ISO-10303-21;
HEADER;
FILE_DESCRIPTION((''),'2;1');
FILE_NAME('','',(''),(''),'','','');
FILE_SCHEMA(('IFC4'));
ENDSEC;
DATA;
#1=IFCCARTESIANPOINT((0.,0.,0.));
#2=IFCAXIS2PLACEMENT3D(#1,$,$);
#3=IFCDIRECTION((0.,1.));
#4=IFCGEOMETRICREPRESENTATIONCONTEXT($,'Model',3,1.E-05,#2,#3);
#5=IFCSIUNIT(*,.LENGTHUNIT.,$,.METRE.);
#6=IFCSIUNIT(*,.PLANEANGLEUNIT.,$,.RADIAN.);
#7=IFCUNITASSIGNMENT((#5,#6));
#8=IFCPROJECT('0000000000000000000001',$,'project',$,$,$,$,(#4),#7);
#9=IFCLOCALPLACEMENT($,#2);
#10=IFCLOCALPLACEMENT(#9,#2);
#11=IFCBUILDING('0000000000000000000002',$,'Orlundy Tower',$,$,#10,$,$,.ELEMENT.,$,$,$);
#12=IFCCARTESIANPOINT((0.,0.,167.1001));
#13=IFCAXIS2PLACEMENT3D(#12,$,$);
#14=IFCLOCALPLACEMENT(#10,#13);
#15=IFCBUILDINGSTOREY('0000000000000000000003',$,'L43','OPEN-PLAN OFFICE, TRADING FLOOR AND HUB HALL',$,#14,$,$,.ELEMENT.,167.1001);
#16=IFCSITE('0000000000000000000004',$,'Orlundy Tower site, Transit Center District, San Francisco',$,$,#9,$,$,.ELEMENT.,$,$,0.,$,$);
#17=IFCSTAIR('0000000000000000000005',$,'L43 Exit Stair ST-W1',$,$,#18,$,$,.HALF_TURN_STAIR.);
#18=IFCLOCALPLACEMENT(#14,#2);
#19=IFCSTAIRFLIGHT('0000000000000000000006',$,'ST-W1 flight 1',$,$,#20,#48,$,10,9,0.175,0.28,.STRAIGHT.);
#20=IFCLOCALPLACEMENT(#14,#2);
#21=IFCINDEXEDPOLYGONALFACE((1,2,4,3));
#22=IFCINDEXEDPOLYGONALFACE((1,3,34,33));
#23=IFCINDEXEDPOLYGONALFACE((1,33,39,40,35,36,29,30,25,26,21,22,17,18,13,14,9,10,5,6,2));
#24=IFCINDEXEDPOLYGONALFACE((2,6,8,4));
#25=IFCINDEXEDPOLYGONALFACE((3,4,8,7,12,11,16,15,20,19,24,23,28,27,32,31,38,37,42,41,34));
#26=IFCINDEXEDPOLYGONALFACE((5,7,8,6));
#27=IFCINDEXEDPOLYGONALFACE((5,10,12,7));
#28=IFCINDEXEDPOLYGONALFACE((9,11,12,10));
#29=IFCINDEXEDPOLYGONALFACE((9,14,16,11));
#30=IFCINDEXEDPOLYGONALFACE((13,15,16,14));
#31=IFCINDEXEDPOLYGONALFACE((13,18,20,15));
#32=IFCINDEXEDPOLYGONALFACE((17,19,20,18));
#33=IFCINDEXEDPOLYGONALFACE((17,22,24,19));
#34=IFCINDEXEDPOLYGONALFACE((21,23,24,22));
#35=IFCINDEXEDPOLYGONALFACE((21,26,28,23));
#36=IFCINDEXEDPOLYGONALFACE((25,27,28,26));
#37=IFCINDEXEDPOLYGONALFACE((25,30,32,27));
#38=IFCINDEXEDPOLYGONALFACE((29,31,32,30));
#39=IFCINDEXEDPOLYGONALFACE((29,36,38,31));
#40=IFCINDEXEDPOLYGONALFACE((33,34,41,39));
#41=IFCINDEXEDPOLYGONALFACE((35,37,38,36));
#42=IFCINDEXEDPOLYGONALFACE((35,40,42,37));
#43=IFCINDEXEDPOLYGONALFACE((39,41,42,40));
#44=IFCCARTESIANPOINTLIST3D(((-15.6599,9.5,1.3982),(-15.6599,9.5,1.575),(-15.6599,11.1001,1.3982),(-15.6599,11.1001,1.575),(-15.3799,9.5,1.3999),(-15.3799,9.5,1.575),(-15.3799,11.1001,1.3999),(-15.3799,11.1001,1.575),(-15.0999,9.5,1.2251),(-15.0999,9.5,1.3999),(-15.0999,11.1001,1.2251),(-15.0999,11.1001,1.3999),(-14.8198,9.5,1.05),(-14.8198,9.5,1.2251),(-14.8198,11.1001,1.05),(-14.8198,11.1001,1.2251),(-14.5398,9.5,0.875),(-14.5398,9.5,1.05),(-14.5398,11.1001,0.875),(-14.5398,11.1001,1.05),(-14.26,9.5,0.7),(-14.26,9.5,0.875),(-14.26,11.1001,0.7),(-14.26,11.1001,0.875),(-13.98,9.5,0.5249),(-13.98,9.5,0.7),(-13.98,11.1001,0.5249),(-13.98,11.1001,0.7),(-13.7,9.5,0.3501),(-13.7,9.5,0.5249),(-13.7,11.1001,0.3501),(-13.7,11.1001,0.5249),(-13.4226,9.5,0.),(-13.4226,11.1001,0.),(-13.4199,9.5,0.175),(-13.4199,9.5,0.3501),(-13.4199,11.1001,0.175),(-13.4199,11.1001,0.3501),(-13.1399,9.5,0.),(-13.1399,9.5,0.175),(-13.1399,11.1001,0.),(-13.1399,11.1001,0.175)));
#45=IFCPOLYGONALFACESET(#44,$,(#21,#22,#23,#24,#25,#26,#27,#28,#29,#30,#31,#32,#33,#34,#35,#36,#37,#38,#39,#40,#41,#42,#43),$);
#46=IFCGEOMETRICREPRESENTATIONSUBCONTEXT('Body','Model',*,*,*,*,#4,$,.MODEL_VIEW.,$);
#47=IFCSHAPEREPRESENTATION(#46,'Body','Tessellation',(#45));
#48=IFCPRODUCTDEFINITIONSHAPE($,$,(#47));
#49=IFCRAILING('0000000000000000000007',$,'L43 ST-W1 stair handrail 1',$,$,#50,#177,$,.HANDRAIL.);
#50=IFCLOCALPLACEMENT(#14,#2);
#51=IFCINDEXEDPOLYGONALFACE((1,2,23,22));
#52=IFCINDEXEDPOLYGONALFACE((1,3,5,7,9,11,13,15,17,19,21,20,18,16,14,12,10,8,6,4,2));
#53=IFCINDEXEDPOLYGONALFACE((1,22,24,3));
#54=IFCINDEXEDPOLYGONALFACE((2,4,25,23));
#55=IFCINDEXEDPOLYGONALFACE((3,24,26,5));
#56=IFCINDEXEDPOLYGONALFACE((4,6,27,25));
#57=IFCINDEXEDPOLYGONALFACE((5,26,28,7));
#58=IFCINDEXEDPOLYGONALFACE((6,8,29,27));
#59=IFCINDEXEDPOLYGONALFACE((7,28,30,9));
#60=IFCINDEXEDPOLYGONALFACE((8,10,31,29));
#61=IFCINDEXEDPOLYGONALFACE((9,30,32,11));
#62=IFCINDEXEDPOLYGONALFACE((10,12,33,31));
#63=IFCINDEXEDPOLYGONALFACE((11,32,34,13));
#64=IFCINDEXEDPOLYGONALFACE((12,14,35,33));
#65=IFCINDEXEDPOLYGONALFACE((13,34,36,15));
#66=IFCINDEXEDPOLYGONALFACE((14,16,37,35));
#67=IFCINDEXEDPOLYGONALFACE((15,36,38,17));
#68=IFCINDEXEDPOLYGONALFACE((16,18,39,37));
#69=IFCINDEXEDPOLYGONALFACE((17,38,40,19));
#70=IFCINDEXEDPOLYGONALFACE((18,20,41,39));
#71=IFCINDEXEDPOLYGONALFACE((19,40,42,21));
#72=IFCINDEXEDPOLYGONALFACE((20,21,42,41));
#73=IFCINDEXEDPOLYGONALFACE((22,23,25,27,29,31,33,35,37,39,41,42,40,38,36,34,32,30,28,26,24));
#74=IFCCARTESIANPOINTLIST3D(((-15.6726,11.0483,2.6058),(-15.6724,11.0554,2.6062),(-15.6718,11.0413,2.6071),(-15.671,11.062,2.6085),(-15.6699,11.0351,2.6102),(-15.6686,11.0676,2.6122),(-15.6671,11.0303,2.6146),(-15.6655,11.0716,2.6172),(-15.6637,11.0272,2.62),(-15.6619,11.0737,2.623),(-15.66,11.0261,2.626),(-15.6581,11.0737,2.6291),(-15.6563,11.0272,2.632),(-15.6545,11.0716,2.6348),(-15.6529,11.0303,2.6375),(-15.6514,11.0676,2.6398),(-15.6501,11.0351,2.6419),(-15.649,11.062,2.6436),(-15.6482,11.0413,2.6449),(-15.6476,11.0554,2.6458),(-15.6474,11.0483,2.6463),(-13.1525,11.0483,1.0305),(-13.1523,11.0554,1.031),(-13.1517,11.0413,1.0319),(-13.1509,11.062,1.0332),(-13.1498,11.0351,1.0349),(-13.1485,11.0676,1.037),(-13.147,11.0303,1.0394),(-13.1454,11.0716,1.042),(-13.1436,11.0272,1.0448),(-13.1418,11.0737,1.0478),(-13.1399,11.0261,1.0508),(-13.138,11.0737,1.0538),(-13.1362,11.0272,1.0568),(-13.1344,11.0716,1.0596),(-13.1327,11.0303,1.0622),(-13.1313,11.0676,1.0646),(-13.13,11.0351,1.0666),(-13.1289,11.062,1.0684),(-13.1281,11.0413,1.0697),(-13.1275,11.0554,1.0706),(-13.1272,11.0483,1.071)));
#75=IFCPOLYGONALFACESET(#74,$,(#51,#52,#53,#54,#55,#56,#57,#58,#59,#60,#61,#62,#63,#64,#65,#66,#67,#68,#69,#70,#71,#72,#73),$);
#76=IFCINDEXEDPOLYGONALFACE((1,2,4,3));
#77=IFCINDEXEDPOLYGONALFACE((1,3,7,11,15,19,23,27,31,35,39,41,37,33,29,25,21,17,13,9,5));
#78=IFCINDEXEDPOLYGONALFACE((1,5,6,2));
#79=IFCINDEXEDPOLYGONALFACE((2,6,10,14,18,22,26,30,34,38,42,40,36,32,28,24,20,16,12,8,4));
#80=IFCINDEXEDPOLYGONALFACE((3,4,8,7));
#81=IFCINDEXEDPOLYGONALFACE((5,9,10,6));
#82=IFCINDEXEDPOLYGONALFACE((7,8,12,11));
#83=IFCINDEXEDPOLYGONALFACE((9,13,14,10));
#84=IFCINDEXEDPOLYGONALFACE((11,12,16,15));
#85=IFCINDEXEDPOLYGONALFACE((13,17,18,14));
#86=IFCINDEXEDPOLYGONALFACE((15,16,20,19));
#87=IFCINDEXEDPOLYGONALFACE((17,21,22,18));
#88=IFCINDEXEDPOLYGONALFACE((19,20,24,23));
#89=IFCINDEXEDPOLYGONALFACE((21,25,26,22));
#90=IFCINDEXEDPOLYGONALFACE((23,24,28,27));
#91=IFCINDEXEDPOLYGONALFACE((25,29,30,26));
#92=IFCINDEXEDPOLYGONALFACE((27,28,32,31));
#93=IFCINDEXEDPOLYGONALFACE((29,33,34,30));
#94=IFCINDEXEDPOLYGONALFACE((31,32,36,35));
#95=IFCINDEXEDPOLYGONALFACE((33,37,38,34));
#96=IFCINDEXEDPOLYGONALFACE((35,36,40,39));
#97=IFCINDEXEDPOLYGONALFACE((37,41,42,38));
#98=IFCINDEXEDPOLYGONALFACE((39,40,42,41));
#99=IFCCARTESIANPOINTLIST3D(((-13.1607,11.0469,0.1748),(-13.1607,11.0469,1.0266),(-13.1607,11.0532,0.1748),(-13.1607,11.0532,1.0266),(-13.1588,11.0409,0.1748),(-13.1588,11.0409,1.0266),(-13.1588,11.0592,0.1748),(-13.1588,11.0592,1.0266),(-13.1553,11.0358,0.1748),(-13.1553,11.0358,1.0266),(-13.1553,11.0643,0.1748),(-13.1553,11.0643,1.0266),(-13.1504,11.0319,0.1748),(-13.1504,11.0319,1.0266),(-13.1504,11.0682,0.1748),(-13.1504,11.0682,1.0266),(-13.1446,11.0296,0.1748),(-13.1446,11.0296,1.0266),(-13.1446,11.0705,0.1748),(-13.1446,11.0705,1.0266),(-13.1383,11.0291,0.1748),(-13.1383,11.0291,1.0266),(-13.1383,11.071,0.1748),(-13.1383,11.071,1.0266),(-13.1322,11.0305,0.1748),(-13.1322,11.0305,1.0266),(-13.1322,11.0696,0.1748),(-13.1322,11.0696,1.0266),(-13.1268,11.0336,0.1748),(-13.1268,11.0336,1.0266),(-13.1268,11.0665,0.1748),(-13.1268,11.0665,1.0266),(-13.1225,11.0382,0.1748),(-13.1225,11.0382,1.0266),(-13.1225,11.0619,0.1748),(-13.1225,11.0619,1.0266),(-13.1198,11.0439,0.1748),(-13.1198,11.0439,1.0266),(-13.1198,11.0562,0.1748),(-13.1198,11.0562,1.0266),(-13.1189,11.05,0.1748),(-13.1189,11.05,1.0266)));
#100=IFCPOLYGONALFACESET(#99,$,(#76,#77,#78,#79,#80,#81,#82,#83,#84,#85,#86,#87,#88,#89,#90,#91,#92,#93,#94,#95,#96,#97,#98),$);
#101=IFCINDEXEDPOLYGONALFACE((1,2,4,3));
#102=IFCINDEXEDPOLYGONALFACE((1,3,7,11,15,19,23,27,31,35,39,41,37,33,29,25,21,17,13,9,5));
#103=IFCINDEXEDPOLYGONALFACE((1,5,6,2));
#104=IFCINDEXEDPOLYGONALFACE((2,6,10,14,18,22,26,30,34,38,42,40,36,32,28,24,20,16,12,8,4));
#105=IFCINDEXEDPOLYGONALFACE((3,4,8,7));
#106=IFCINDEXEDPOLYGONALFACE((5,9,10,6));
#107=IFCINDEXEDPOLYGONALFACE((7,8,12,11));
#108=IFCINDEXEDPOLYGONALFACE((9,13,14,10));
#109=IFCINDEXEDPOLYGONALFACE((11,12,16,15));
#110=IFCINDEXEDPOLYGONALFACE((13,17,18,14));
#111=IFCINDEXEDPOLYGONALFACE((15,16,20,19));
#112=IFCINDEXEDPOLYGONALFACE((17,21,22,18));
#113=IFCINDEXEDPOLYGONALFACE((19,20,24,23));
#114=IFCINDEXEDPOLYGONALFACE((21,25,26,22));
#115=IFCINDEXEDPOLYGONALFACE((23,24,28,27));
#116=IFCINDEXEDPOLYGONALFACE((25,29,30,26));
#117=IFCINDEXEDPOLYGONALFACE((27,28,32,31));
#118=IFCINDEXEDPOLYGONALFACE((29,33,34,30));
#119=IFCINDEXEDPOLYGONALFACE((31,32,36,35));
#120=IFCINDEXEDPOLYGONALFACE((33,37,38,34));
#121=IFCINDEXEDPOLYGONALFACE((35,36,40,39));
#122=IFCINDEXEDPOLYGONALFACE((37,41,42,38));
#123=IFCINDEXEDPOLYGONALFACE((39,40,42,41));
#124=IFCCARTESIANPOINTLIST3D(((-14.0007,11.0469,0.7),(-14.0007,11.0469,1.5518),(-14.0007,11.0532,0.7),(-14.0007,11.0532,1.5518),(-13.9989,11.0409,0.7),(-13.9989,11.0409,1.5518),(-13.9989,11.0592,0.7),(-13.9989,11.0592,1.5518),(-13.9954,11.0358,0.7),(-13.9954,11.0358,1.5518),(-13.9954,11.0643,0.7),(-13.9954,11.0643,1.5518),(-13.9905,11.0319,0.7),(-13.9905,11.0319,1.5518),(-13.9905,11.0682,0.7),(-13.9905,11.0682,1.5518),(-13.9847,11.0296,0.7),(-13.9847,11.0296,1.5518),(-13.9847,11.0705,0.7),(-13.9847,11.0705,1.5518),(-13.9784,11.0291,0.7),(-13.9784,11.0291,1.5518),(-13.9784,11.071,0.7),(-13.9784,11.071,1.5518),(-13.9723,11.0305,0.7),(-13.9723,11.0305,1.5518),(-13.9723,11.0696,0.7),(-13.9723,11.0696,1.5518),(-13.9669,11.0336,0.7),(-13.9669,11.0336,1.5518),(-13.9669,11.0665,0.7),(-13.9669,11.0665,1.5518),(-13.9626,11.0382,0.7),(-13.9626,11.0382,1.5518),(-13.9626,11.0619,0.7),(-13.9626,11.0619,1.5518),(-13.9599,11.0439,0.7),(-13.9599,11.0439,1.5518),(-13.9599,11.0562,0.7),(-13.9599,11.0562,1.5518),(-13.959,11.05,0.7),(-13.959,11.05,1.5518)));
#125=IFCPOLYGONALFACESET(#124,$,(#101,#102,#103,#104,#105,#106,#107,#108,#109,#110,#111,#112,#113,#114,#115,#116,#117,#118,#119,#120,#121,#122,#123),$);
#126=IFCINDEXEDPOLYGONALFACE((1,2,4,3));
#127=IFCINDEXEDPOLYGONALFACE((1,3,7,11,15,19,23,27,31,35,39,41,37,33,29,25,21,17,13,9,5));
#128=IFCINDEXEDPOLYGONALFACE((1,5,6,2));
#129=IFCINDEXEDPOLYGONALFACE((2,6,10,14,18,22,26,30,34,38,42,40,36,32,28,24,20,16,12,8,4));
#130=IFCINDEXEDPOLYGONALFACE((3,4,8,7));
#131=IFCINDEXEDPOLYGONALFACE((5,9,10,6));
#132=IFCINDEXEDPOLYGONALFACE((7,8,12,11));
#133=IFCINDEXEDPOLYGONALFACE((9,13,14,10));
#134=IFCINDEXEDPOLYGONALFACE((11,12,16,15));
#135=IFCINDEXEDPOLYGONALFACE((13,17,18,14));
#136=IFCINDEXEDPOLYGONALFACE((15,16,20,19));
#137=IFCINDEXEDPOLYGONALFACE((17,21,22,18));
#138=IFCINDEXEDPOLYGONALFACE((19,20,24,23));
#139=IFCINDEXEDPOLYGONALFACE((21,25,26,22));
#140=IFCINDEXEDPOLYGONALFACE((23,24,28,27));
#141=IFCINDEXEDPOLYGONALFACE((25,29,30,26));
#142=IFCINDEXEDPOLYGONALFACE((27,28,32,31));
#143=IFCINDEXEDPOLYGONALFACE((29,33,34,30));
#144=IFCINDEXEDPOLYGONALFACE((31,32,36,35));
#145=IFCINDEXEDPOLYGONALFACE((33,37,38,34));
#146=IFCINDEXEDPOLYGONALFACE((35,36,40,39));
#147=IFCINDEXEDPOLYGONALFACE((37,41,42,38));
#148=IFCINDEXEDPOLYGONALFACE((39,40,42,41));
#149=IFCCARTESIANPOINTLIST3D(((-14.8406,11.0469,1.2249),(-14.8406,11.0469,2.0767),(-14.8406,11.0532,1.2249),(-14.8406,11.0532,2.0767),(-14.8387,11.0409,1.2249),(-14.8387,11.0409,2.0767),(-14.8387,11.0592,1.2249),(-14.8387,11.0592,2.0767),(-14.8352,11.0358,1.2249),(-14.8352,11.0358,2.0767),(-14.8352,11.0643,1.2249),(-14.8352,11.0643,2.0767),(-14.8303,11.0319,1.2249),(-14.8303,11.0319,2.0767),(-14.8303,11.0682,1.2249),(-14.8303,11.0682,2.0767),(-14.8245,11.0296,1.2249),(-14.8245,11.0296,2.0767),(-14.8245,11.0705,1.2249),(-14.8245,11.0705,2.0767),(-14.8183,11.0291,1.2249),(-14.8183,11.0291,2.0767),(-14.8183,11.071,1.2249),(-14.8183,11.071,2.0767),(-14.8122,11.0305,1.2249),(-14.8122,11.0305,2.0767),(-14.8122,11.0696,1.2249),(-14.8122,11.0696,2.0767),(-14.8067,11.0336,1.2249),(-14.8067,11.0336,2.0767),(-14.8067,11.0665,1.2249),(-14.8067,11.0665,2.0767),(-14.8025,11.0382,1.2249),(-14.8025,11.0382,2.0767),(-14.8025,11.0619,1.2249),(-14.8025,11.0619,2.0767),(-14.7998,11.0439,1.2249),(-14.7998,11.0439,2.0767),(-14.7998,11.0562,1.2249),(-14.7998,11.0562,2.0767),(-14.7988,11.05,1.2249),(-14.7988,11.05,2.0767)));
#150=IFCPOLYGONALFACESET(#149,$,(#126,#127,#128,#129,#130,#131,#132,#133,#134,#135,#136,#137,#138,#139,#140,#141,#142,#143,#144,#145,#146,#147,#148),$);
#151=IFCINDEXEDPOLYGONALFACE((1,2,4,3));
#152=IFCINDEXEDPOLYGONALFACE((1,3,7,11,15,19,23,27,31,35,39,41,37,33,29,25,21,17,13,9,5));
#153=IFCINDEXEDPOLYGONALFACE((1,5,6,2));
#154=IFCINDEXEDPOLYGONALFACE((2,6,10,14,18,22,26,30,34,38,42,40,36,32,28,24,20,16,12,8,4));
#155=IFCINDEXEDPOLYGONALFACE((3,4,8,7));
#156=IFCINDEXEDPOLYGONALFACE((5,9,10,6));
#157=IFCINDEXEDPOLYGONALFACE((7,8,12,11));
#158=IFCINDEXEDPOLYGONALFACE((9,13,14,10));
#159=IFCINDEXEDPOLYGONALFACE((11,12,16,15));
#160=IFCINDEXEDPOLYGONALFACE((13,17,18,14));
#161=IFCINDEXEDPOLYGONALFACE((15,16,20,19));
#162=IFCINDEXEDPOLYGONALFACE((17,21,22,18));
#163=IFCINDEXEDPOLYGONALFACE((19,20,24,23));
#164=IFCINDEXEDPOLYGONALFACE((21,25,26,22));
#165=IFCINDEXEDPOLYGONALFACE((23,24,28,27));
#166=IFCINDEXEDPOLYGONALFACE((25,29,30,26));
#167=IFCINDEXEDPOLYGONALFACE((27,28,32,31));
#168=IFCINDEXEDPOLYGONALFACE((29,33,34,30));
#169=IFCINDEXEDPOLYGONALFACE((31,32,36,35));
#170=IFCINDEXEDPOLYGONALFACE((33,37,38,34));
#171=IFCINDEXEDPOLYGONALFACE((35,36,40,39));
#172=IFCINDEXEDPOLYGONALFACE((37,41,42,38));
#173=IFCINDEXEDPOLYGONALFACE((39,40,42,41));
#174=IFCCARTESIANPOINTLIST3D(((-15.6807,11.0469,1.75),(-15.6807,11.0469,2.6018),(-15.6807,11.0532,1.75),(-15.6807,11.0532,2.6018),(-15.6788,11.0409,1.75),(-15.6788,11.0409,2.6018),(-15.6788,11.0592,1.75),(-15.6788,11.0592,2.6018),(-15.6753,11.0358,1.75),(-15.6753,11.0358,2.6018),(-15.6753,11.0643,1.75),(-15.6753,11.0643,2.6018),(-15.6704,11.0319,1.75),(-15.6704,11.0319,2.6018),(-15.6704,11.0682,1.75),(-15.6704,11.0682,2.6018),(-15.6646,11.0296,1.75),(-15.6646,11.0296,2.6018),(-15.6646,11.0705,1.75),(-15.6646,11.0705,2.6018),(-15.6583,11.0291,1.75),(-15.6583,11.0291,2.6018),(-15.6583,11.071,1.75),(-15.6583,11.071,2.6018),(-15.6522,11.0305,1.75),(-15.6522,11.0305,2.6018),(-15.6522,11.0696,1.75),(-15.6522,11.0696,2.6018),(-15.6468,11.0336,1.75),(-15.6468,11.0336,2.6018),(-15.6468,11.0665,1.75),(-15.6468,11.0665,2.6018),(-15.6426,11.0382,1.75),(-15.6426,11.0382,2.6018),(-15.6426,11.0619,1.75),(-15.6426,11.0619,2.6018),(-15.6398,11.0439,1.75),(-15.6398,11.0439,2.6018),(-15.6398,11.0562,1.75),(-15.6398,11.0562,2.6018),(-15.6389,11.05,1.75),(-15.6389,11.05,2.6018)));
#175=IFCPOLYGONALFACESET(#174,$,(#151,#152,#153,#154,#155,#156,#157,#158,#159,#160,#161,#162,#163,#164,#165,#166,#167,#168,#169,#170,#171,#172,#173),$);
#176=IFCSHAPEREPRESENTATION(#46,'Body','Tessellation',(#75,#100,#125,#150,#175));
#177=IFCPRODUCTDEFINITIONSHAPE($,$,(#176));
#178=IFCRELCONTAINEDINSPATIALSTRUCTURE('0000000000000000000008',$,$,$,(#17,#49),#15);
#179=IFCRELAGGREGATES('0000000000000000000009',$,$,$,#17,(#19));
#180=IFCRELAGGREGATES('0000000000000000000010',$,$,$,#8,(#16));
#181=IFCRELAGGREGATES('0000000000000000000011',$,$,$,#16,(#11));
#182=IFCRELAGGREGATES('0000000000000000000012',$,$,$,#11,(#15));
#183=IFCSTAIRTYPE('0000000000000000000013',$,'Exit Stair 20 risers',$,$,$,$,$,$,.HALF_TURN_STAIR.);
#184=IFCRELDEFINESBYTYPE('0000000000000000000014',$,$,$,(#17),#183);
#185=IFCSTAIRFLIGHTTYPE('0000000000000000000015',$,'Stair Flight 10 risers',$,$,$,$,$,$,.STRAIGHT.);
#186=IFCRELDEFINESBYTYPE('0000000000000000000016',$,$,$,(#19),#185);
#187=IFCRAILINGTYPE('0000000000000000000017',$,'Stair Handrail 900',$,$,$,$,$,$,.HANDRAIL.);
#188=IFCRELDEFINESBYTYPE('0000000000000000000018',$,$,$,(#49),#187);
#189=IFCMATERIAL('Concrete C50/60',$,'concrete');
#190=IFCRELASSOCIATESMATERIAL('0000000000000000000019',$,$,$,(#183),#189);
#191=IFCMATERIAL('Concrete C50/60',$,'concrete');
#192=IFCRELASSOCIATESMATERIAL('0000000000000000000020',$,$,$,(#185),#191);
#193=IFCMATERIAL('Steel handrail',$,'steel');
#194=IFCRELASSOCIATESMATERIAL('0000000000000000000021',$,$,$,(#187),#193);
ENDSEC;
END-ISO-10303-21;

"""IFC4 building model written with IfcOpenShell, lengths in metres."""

from ifc_helpers import new_model, si_unit, direction, frame, origin, origin_2d, place, context, subcontext, project, spatial, polyline, circle, outline, extrude, material, type_object, element, aggregate, save


model = new_model("IFC4")

# Units and contexts
model_context = context("Model", 3, precision=1e-05, world=origin(), true_north=direction((0.0, 1.0)))
body_context = subcontext(model_context, "Body", "Model", "MODEL_VIEW")
ifc_project = project(units=[si_unit("LENGTHUNIT", "METRE"), si_unit("PLANEANGLEUNIT", "RADIAN")], contexts=[model_context])

# Site, building, storey
site_placement = place(None, origin())
site = spatial("IfcSite", under=ifc_project, at=site_placement, Name="Orlundy Tower site, Transit Center District, San Francisco", CompositionType="ELEMENT", RefElevation=0.0)
building_placement = place(site_placement, origin())
building = spatial("IfcBuilding", under=site, at=building_placement, Name="Orlundy Tower", CompositionType="ELEMENT")
storey_placement = place(building_placement, frame((0.0, 0.0, 167.1001)))
storey = spatial("IfcBuildingStorey", under=building, at=storey_placement, Name="L43", Description="OPEN-PLAN OFFICE, TRADING FLOOR AND HUB HALL", CompositionType="ELEMENT", Elevation=167.1001)

# Stair, stair flight
ifc_material_1 = material(Name="Concrete C50/60", Category="concrete")
stair_type = type_object("IfcStairType", Name="Exit Stair 20 risers", PredefinedType="HALF_TURN_STAIR", material=ifc_material_1)
stair_placement = place(storey_placement, origin())
stair = element("IfcStair", 1, at=stair_placement, inside=storey, type_object=stair_type, Name="L43 Exit Stair ST-W1", PredefinedType="HALF_TURN_STAIR")
ifc_material_2 = material(Name="Concrete C50/60", Category="concrete")
stair_flight_type = type_object("IfcStairFlightType", Name="Stair Flight 10 risers", PredefinedType="STRAIGHT", material=ifc_material_2)
stair_flight_placement = place(storey_placement, frame((-13.1399, 10.3, 0.0), z_axis=(0.0, 0.0, 1.0), x_axis=(-1.0, 0.0, 0.0)))
stair_flight = element("IfcStairFlight", 2, at=stair_flight_placement, type_object=stair_flight_type, Name="ST-W1 flight 1", NumberOfRisers=10, NumberOfTreads=9, PredefinedType="STRAIGHT", RiserHeight=0.175, TreadLength=0.28, context=body_context, shape_type="SweptSolid", body=[
    extrude(outline(polyline([(0.0, 0.0), (0.0, 0.175), (0.28, 0.175), (0.28, 0.3501), (0.5601, 0.3501), (0.5601, 0.5249), (0.8401, 0.5249), (0.8401, 0.7), (1.1201, 0.7), (1.1201, 0.875), (1.3999, 0.875), (1.3999, 1.05), (1.6799, 1.05), (1.6799, 1.2251), (1.96, 1.2251), (1.96, 1.3999), (2.24, 1.3999), (2.24, 1.575), (2.52, 1.575), (2.52, 1.75), (2.52, 1.3982), (0.2827, 0.0), (0.0, 0.0)])), frame((0.0, 0.8, 0.0), z_axis=(0.0, -1.0, 0.0), x_axis=(1.0, 0.0, 0.0)), (0.0, 0.0, 1.0), 1.6001),
])
aggregate(stair, [stair_flight])

# Railing
ifc_material_3 = material(Name="Steel handrail", Category="steel")
railing_type_1 = type_object("IfcRailingType", Name="Stair Handrail 900", PredefinedType="HANDRAIL", material=ifc_material_3)
railing_1_placement = place(storey_placement, frame((-13.1399, 11.05, 0.1748)))
element("IfcRailing", 3, at=railing_1_placement, inside=storey, type_object=railing_type_1, Name="L43 ST-W1 stair handrail 1", PredefinedType="HANDRAIL", context=body_context, shape_type="SweptSolid", body=[
    extrude(circle(Radius=0.0239, at=origin_2d()), frame((0.0, 0.0, 0.876), z_axis=(-0.847971, 0.0, 0.530043), x_axis=(0.0, -1.0, 0.0)), (0.0, 0.0, 1.0), 2.9719),
    extrude(circle(Radius=0.021, at=origin_2d()), origin(), (0.0, 0.0, 1.0), 0.8518),
    extrude(circle(Radius=0.021, at=origin_2d()), frame((-0.8401, 0.0, 0.5251)), (0.0, 0.0, 1.0), 0.8518),
    extrude(circle(Radius=0.021, at=origin_2d()), frame((-1.6799, 0.0, 1.05)), (0.0, 0.0, 1.0), 0.8518),
    extrude(circle(Radius=0.021, at=origin_2d()), frame((-2.52, 0.0, 1.5752)), (0.0, 0.0, 1.0), 0.8518),
])

save(model, "model.ifc")
